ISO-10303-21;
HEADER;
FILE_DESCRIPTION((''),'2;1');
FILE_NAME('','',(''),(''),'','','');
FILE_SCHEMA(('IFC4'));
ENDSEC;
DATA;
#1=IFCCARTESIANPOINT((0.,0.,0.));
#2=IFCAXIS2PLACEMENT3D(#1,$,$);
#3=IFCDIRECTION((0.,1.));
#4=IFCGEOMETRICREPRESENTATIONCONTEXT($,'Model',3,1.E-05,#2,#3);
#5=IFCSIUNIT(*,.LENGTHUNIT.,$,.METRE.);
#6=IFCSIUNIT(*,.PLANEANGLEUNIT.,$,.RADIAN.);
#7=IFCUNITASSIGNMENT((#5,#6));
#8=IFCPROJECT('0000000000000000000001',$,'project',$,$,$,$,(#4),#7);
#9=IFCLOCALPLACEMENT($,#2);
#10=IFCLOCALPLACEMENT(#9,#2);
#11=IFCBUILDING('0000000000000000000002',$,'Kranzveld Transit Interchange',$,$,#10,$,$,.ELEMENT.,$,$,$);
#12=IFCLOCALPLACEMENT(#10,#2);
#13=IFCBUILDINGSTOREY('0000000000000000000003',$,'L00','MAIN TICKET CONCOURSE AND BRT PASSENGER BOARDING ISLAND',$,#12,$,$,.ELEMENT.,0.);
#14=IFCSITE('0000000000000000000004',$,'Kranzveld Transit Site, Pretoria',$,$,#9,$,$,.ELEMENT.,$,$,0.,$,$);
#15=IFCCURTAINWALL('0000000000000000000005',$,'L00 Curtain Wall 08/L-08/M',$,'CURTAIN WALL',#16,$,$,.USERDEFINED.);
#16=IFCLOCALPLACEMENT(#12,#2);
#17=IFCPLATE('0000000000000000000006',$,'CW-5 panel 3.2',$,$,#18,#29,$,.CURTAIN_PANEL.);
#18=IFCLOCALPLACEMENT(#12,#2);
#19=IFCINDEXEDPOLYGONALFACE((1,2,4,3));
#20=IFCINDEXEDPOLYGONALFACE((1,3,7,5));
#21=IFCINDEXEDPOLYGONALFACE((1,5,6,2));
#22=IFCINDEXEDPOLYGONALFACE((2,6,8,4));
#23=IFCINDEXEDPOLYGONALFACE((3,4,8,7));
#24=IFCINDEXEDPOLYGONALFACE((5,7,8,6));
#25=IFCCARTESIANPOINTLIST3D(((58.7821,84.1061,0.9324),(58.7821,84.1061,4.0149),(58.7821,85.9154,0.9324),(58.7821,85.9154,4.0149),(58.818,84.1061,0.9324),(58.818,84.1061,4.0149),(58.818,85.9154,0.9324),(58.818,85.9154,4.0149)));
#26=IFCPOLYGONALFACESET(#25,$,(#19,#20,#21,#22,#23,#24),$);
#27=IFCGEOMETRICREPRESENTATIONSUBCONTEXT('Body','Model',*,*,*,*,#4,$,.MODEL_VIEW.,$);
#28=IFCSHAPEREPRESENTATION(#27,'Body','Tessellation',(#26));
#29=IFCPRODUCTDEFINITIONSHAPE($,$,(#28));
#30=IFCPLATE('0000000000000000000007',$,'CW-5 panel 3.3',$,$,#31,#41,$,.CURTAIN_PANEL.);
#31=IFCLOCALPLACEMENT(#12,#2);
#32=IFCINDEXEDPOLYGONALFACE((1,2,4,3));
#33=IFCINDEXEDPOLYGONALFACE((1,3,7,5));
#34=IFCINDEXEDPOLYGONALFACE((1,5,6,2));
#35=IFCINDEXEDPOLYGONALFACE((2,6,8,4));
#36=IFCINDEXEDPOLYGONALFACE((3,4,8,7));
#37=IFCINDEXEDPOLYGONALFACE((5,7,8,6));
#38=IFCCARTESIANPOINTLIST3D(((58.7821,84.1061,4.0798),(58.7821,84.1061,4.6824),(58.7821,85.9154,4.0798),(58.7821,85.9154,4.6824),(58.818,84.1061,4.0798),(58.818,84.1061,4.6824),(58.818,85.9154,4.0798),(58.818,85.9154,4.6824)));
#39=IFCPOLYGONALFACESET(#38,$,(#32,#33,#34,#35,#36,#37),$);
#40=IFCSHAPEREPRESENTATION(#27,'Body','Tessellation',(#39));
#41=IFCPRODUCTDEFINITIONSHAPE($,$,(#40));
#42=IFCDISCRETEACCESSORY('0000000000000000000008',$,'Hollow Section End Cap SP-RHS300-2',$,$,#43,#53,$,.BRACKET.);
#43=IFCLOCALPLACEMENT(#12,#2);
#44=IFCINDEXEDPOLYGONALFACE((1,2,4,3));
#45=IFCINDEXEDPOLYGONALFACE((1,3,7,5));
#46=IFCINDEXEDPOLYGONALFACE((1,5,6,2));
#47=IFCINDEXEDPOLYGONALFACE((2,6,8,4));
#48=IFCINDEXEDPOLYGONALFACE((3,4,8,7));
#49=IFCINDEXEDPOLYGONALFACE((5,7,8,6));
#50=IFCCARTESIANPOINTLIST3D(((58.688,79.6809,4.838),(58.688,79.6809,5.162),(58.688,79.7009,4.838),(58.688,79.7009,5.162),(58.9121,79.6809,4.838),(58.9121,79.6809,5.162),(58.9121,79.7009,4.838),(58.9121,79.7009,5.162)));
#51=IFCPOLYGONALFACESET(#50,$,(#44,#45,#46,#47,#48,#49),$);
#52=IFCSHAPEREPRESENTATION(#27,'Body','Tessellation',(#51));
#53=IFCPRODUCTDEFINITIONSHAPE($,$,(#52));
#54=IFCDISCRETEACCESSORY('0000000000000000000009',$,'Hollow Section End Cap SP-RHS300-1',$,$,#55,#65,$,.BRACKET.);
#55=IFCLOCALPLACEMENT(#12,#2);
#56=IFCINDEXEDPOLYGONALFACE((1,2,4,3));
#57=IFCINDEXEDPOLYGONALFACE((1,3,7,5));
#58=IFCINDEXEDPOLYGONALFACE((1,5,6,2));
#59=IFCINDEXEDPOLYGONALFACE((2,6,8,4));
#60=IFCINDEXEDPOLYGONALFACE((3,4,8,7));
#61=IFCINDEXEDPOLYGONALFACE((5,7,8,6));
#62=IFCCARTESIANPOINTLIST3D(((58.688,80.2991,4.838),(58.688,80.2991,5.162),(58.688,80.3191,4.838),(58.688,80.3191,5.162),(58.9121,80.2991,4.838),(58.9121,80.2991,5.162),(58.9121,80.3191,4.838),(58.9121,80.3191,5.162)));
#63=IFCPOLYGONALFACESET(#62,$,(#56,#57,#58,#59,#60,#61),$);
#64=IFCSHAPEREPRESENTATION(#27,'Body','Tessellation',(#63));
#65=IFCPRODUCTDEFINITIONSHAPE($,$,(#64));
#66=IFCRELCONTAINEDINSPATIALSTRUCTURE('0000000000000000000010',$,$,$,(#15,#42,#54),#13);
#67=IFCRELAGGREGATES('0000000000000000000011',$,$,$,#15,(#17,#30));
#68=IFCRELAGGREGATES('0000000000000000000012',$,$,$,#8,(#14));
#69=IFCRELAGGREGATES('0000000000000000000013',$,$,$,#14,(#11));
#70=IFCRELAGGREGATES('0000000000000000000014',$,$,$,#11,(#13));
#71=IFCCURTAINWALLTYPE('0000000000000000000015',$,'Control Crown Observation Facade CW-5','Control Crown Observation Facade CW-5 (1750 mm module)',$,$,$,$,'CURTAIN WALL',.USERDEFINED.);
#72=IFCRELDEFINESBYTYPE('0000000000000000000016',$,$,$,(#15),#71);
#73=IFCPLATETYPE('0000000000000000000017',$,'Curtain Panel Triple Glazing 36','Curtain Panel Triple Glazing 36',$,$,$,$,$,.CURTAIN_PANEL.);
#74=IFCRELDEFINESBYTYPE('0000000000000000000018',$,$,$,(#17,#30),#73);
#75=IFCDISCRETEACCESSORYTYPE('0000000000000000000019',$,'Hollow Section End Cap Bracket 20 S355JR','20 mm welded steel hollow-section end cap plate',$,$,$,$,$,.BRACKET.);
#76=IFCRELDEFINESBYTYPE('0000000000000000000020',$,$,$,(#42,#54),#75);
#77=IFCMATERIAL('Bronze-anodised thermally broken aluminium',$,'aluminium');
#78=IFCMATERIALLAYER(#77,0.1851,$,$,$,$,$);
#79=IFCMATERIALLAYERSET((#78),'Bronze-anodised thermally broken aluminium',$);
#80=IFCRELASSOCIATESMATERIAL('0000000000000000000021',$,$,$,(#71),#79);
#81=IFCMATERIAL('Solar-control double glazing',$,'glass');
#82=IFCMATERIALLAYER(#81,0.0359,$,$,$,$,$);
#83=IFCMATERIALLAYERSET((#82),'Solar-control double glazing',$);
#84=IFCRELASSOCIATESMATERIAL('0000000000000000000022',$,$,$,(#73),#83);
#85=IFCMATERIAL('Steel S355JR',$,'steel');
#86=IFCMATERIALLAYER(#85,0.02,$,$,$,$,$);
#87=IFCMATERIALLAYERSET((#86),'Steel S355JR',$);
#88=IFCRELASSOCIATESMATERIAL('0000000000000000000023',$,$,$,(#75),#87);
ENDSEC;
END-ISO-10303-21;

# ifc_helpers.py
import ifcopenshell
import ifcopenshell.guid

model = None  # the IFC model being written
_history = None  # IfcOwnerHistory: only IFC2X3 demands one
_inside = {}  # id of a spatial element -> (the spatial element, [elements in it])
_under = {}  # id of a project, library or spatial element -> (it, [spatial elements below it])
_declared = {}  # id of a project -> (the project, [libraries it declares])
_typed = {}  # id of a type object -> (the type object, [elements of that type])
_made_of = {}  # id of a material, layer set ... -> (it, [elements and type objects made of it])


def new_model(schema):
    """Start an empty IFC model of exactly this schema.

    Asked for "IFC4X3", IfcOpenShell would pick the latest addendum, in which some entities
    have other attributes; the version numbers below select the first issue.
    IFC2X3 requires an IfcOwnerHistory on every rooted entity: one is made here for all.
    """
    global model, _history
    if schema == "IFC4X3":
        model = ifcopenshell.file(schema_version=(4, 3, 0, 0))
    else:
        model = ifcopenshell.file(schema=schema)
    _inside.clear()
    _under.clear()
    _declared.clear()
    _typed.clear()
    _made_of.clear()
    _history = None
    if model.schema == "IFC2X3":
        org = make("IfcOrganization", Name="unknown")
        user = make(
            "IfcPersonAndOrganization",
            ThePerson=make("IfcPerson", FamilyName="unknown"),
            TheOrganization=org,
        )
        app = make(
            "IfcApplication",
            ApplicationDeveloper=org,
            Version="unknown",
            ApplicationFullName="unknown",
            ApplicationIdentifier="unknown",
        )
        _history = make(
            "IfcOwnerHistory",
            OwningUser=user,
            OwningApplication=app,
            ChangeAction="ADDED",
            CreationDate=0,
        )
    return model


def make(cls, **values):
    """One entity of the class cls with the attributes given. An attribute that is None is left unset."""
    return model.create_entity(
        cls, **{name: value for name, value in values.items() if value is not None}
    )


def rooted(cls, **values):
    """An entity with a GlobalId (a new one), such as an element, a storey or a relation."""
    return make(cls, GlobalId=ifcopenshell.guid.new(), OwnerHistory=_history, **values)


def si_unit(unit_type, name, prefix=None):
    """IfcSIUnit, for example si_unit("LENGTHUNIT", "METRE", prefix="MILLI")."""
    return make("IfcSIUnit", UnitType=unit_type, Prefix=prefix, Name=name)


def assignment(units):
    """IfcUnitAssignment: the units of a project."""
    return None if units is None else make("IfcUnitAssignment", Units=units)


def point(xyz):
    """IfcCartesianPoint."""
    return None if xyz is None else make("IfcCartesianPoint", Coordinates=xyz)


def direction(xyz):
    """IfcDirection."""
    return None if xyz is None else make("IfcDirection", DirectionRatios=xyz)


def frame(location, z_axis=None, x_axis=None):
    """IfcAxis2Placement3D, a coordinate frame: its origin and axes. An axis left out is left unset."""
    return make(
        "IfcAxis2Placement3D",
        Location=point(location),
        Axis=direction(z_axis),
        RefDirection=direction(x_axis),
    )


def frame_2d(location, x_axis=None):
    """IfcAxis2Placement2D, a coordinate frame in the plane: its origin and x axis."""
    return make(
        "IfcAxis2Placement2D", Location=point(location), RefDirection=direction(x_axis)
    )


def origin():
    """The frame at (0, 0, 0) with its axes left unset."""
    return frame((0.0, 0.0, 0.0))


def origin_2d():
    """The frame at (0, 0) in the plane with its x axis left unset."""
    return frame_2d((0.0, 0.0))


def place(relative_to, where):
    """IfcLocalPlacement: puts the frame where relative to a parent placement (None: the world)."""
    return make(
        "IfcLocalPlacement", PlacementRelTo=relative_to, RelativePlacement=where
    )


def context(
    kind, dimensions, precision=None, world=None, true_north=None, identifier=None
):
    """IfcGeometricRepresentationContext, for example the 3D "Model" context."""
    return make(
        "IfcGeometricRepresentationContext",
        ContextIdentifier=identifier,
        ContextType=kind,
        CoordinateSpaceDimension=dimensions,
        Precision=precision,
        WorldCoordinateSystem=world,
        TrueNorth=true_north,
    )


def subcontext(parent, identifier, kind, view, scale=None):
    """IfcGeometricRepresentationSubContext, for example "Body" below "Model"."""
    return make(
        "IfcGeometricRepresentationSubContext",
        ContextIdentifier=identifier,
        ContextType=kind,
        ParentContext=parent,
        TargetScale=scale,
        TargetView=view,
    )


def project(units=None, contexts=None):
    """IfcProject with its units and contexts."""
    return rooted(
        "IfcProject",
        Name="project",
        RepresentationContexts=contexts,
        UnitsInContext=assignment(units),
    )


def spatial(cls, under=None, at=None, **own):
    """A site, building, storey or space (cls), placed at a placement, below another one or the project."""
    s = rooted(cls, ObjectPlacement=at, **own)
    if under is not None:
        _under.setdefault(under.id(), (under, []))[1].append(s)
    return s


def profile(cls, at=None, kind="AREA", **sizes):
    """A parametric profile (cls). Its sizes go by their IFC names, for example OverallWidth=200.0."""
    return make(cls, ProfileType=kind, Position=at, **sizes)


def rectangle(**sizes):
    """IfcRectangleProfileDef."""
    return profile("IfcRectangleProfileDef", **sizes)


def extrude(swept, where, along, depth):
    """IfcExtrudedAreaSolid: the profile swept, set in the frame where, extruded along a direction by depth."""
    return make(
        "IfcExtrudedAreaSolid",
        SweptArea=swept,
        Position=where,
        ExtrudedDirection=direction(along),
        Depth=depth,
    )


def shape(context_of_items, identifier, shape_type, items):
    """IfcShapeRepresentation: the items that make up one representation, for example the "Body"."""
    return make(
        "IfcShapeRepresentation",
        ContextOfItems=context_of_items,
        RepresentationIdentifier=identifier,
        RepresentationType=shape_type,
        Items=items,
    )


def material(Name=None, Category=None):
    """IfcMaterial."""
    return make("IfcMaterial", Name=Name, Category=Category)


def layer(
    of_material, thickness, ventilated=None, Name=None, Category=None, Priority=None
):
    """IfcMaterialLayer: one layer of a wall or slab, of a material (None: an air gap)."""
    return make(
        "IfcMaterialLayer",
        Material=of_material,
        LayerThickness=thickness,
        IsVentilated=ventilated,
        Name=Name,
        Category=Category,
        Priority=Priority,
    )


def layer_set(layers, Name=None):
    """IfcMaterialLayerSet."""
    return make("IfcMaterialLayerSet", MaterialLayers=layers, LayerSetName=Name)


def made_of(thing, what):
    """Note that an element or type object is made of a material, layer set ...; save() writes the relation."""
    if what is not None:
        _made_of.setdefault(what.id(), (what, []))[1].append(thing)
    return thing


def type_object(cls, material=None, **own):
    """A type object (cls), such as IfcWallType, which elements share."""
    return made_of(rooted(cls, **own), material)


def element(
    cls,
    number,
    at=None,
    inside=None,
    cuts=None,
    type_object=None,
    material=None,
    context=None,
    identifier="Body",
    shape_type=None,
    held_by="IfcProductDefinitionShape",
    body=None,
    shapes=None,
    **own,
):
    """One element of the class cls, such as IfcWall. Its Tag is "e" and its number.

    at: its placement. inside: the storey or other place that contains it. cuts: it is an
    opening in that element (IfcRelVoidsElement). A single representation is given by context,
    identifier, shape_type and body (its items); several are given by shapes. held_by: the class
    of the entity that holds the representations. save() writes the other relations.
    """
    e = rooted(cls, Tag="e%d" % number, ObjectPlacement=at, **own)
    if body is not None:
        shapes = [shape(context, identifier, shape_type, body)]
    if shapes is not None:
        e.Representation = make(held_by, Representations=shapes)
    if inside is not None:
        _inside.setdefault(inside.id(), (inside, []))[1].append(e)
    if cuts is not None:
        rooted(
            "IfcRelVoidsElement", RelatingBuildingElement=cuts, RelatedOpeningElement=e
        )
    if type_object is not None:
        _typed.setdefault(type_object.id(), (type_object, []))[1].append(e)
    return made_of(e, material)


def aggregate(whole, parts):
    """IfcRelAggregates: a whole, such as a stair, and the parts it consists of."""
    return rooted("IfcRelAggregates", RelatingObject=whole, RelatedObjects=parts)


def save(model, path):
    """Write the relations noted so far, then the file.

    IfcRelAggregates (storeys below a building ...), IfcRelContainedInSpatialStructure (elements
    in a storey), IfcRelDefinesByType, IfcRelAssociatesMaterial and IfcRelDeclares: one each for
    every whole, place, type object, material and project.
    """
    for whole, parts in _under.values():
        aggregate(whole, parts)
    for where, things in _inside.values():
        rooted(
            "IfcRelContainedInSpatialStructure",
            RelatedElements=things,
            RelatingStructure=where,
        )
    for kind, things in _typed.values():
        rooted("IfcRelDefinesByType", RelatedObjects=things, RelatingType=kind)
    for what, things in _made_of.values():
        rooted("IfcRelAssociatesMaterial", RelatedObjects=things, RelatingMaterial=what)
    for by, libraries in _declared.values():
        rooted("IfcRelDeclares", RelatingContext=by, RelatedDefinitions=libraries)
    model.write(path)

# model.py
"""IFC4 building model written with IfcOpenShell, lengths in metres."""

from ifc_helpers import new_model, si_unit, direction, frame, origin, origin_2d, place, context, subcontext, project, spatial, rectangle, extrude, material, layer, layer_set, type_object, element, aggregate, save


model = new_model("IFC4")

# Units and contexts
model_context = context("Model", 3, precision=1e-05, world=origin(), true_north=direction((0.0, 1.0)))
body_context = subcontext(model_context, "Body", "Model", "MODEL_VIEW")
ifc_project = project(units=[si_unit("LENGTHUNIT", "METRE"), si_unit("PLANEANGLEUNIT", "RADIAN")], contexts=[model_context])

# Site, building, storey
site_placement = place(None, origin())
site = spatial("IfcSite", under=ifc_project, at=site_placement, Name="Kranzveld Transit Site, Pretoria", CompositionType="ELEMENT", RefElevation=0.0)
building_placement = place(site_placement, origin())
building = spatial("IfcBuilding", under=site, at=building_placement, Name="Kranzveld Transit Interchange", CompositionType="ELEMENT")
storey_placement = place(building_placement, origin())
storey = spatial("IfcBuildingStorey", under=building, at=storey_placement, Name="L00", Description="MAIN TICKET CONCOURSE AND BRT PASSENGER BOARDING ISLAND", CompositionType="ELEMENT", Elevation=0.0)

# Curtain wall
ifc_material_1 = material(Name="Bronze-anodised thermally broken aluminium", Category="aluminium")
ifc_layer_1 = layer(ifc_material_1, 0.1851)
ifc_layer_set_1 = layer_set([ifc_layer_1], Name="Bronze-anodised thermally broken aluminium")
curtain_wall_type_1 = type_object("IfcCurtainWallType", Name="Control Crown Observation Facade CW-5", Description="Control Crown Observation Facade CW-5 (1750 mm module)", ElementType="CURTAIN WALL", PredefinedType="USERDEFINED", material=ifc_layer_set_1)
curtain_wall_1_placement = place(storey_placement, origin())
curtain_wall_1 = element("IfcCurtainWall", 1, at=curtain_wall_1_placement, inside=storey, type_object=curtain_wall_type_1, Name="L00 Curtain Wall 08/L-08/M", ObjectType="CURTAIN WALL", PredefinedType="USERDEFINED")

# Plates
ifc_material_2 = material(Name="Solar-control double glazing", Category="glass")
ifc_layer_2 = layer(ifc_material_2, 0.0359)
ifc_layer_set_2 = layer_set([ifc_layer_2], Name="Solar-control double glazing")
plate_type_1 = type_object("IfcPlateType", Name="Curtain Panel Triple Glazing 36", Description="Curtain Panel Triple Glazing 36", PredefinedType="CURTAIN_PANEL", material=ifc_layer_set_2)
plate_1_placement = place(storey_placement, frame((58.8, 85.0107, 0.9324), z_axis=(0.0, 0.0, 1.0), x_axis=(0.0, 1.0, 0.0)))
plate_1 = element("IfcPlate", 2, at=plate_1_placement, type_object=plate_type_1, Name="CW-5 panel 3.2", PredefinedType="CURTAIN_PANEL", context=body_context, shape_type="SweptSolid", body=[
    extrude(rectangle(XDim=1.8093, YDim=0.0359, at=origin_2d()), origin(), (0.0, 0.0, 1.0), 3.0825),
])
plate_2_placement = place(storey_placement, frame((58.8, 85.0107, 4.0798), z_axis=(0.0, 0.0, 1.0), x_axis=(0.0, 1.0, 0.0)))
plate_2 = element("IfcPlate", 3, at=plate_2_placement, type_object=plate_type_1, Name="CW-5 panel 3.3", PredefinedType="CURTAIN_PANEL", context=body_context, shape_type="SweptSolid", body=[
    extrude(rectangle(XDim=1.8093, YDim=0.0359, at=origin_2d()), origin(), (0.0, 0.0, 1.0), 0.6025),
])
aggregate(curtain_wall_1, [plate_1, plate_2])

# Discrete accessories
ifc_material_3 = material(Name="Steel S355JR", Category="steel")
ifc_layer_3 = layer(ifc_material_3, 0.02)
ifc_layer_set_3 = layer_set([ifc_layer_3], Name="Steel S355JR")
discrete_accessory_type = type_object("IfcDiscreteAccessoryType", Name="Hollow Section End Cap Bracket 20 S355JR", Description="20 mm welded steel hollow-section end cap plate", PredefinedType="BRACKET", material=ifc_layer_set_3)
for number, where, z_axis, x_axis, name in (
    (4, (58.8, 79.6809, 5.0), (0.0, 1.0, 0.0), (-1.0, 0.0, 0.0), "Hollow Section End Cap SP-RHS300-2"),
    (5, (58.8, 80.3191, 5.0), (0.0, -1.0, 0.0), (1.0, 0.0, 0.0), "Hollow Section End Cap SP-RHS300-1"),
):
    element("IfcDiscreteAccessory", number, at=place(storey_placement, frame(where, z_axis=z_axis, x_axis=x_axis)), inside=storey, type_object=discrete_accessory_type, Name=name, PredefinedType="BRACKET", context=body_context, shape_type="SweptSolid", body=[
        extrude(rectangle(XDim=0.2241, YDim=0.324, at=origin_2d()), origin(), (0.0, 0.0, 1.0), 0.02),
    ])

save(model, "model.ifc")
